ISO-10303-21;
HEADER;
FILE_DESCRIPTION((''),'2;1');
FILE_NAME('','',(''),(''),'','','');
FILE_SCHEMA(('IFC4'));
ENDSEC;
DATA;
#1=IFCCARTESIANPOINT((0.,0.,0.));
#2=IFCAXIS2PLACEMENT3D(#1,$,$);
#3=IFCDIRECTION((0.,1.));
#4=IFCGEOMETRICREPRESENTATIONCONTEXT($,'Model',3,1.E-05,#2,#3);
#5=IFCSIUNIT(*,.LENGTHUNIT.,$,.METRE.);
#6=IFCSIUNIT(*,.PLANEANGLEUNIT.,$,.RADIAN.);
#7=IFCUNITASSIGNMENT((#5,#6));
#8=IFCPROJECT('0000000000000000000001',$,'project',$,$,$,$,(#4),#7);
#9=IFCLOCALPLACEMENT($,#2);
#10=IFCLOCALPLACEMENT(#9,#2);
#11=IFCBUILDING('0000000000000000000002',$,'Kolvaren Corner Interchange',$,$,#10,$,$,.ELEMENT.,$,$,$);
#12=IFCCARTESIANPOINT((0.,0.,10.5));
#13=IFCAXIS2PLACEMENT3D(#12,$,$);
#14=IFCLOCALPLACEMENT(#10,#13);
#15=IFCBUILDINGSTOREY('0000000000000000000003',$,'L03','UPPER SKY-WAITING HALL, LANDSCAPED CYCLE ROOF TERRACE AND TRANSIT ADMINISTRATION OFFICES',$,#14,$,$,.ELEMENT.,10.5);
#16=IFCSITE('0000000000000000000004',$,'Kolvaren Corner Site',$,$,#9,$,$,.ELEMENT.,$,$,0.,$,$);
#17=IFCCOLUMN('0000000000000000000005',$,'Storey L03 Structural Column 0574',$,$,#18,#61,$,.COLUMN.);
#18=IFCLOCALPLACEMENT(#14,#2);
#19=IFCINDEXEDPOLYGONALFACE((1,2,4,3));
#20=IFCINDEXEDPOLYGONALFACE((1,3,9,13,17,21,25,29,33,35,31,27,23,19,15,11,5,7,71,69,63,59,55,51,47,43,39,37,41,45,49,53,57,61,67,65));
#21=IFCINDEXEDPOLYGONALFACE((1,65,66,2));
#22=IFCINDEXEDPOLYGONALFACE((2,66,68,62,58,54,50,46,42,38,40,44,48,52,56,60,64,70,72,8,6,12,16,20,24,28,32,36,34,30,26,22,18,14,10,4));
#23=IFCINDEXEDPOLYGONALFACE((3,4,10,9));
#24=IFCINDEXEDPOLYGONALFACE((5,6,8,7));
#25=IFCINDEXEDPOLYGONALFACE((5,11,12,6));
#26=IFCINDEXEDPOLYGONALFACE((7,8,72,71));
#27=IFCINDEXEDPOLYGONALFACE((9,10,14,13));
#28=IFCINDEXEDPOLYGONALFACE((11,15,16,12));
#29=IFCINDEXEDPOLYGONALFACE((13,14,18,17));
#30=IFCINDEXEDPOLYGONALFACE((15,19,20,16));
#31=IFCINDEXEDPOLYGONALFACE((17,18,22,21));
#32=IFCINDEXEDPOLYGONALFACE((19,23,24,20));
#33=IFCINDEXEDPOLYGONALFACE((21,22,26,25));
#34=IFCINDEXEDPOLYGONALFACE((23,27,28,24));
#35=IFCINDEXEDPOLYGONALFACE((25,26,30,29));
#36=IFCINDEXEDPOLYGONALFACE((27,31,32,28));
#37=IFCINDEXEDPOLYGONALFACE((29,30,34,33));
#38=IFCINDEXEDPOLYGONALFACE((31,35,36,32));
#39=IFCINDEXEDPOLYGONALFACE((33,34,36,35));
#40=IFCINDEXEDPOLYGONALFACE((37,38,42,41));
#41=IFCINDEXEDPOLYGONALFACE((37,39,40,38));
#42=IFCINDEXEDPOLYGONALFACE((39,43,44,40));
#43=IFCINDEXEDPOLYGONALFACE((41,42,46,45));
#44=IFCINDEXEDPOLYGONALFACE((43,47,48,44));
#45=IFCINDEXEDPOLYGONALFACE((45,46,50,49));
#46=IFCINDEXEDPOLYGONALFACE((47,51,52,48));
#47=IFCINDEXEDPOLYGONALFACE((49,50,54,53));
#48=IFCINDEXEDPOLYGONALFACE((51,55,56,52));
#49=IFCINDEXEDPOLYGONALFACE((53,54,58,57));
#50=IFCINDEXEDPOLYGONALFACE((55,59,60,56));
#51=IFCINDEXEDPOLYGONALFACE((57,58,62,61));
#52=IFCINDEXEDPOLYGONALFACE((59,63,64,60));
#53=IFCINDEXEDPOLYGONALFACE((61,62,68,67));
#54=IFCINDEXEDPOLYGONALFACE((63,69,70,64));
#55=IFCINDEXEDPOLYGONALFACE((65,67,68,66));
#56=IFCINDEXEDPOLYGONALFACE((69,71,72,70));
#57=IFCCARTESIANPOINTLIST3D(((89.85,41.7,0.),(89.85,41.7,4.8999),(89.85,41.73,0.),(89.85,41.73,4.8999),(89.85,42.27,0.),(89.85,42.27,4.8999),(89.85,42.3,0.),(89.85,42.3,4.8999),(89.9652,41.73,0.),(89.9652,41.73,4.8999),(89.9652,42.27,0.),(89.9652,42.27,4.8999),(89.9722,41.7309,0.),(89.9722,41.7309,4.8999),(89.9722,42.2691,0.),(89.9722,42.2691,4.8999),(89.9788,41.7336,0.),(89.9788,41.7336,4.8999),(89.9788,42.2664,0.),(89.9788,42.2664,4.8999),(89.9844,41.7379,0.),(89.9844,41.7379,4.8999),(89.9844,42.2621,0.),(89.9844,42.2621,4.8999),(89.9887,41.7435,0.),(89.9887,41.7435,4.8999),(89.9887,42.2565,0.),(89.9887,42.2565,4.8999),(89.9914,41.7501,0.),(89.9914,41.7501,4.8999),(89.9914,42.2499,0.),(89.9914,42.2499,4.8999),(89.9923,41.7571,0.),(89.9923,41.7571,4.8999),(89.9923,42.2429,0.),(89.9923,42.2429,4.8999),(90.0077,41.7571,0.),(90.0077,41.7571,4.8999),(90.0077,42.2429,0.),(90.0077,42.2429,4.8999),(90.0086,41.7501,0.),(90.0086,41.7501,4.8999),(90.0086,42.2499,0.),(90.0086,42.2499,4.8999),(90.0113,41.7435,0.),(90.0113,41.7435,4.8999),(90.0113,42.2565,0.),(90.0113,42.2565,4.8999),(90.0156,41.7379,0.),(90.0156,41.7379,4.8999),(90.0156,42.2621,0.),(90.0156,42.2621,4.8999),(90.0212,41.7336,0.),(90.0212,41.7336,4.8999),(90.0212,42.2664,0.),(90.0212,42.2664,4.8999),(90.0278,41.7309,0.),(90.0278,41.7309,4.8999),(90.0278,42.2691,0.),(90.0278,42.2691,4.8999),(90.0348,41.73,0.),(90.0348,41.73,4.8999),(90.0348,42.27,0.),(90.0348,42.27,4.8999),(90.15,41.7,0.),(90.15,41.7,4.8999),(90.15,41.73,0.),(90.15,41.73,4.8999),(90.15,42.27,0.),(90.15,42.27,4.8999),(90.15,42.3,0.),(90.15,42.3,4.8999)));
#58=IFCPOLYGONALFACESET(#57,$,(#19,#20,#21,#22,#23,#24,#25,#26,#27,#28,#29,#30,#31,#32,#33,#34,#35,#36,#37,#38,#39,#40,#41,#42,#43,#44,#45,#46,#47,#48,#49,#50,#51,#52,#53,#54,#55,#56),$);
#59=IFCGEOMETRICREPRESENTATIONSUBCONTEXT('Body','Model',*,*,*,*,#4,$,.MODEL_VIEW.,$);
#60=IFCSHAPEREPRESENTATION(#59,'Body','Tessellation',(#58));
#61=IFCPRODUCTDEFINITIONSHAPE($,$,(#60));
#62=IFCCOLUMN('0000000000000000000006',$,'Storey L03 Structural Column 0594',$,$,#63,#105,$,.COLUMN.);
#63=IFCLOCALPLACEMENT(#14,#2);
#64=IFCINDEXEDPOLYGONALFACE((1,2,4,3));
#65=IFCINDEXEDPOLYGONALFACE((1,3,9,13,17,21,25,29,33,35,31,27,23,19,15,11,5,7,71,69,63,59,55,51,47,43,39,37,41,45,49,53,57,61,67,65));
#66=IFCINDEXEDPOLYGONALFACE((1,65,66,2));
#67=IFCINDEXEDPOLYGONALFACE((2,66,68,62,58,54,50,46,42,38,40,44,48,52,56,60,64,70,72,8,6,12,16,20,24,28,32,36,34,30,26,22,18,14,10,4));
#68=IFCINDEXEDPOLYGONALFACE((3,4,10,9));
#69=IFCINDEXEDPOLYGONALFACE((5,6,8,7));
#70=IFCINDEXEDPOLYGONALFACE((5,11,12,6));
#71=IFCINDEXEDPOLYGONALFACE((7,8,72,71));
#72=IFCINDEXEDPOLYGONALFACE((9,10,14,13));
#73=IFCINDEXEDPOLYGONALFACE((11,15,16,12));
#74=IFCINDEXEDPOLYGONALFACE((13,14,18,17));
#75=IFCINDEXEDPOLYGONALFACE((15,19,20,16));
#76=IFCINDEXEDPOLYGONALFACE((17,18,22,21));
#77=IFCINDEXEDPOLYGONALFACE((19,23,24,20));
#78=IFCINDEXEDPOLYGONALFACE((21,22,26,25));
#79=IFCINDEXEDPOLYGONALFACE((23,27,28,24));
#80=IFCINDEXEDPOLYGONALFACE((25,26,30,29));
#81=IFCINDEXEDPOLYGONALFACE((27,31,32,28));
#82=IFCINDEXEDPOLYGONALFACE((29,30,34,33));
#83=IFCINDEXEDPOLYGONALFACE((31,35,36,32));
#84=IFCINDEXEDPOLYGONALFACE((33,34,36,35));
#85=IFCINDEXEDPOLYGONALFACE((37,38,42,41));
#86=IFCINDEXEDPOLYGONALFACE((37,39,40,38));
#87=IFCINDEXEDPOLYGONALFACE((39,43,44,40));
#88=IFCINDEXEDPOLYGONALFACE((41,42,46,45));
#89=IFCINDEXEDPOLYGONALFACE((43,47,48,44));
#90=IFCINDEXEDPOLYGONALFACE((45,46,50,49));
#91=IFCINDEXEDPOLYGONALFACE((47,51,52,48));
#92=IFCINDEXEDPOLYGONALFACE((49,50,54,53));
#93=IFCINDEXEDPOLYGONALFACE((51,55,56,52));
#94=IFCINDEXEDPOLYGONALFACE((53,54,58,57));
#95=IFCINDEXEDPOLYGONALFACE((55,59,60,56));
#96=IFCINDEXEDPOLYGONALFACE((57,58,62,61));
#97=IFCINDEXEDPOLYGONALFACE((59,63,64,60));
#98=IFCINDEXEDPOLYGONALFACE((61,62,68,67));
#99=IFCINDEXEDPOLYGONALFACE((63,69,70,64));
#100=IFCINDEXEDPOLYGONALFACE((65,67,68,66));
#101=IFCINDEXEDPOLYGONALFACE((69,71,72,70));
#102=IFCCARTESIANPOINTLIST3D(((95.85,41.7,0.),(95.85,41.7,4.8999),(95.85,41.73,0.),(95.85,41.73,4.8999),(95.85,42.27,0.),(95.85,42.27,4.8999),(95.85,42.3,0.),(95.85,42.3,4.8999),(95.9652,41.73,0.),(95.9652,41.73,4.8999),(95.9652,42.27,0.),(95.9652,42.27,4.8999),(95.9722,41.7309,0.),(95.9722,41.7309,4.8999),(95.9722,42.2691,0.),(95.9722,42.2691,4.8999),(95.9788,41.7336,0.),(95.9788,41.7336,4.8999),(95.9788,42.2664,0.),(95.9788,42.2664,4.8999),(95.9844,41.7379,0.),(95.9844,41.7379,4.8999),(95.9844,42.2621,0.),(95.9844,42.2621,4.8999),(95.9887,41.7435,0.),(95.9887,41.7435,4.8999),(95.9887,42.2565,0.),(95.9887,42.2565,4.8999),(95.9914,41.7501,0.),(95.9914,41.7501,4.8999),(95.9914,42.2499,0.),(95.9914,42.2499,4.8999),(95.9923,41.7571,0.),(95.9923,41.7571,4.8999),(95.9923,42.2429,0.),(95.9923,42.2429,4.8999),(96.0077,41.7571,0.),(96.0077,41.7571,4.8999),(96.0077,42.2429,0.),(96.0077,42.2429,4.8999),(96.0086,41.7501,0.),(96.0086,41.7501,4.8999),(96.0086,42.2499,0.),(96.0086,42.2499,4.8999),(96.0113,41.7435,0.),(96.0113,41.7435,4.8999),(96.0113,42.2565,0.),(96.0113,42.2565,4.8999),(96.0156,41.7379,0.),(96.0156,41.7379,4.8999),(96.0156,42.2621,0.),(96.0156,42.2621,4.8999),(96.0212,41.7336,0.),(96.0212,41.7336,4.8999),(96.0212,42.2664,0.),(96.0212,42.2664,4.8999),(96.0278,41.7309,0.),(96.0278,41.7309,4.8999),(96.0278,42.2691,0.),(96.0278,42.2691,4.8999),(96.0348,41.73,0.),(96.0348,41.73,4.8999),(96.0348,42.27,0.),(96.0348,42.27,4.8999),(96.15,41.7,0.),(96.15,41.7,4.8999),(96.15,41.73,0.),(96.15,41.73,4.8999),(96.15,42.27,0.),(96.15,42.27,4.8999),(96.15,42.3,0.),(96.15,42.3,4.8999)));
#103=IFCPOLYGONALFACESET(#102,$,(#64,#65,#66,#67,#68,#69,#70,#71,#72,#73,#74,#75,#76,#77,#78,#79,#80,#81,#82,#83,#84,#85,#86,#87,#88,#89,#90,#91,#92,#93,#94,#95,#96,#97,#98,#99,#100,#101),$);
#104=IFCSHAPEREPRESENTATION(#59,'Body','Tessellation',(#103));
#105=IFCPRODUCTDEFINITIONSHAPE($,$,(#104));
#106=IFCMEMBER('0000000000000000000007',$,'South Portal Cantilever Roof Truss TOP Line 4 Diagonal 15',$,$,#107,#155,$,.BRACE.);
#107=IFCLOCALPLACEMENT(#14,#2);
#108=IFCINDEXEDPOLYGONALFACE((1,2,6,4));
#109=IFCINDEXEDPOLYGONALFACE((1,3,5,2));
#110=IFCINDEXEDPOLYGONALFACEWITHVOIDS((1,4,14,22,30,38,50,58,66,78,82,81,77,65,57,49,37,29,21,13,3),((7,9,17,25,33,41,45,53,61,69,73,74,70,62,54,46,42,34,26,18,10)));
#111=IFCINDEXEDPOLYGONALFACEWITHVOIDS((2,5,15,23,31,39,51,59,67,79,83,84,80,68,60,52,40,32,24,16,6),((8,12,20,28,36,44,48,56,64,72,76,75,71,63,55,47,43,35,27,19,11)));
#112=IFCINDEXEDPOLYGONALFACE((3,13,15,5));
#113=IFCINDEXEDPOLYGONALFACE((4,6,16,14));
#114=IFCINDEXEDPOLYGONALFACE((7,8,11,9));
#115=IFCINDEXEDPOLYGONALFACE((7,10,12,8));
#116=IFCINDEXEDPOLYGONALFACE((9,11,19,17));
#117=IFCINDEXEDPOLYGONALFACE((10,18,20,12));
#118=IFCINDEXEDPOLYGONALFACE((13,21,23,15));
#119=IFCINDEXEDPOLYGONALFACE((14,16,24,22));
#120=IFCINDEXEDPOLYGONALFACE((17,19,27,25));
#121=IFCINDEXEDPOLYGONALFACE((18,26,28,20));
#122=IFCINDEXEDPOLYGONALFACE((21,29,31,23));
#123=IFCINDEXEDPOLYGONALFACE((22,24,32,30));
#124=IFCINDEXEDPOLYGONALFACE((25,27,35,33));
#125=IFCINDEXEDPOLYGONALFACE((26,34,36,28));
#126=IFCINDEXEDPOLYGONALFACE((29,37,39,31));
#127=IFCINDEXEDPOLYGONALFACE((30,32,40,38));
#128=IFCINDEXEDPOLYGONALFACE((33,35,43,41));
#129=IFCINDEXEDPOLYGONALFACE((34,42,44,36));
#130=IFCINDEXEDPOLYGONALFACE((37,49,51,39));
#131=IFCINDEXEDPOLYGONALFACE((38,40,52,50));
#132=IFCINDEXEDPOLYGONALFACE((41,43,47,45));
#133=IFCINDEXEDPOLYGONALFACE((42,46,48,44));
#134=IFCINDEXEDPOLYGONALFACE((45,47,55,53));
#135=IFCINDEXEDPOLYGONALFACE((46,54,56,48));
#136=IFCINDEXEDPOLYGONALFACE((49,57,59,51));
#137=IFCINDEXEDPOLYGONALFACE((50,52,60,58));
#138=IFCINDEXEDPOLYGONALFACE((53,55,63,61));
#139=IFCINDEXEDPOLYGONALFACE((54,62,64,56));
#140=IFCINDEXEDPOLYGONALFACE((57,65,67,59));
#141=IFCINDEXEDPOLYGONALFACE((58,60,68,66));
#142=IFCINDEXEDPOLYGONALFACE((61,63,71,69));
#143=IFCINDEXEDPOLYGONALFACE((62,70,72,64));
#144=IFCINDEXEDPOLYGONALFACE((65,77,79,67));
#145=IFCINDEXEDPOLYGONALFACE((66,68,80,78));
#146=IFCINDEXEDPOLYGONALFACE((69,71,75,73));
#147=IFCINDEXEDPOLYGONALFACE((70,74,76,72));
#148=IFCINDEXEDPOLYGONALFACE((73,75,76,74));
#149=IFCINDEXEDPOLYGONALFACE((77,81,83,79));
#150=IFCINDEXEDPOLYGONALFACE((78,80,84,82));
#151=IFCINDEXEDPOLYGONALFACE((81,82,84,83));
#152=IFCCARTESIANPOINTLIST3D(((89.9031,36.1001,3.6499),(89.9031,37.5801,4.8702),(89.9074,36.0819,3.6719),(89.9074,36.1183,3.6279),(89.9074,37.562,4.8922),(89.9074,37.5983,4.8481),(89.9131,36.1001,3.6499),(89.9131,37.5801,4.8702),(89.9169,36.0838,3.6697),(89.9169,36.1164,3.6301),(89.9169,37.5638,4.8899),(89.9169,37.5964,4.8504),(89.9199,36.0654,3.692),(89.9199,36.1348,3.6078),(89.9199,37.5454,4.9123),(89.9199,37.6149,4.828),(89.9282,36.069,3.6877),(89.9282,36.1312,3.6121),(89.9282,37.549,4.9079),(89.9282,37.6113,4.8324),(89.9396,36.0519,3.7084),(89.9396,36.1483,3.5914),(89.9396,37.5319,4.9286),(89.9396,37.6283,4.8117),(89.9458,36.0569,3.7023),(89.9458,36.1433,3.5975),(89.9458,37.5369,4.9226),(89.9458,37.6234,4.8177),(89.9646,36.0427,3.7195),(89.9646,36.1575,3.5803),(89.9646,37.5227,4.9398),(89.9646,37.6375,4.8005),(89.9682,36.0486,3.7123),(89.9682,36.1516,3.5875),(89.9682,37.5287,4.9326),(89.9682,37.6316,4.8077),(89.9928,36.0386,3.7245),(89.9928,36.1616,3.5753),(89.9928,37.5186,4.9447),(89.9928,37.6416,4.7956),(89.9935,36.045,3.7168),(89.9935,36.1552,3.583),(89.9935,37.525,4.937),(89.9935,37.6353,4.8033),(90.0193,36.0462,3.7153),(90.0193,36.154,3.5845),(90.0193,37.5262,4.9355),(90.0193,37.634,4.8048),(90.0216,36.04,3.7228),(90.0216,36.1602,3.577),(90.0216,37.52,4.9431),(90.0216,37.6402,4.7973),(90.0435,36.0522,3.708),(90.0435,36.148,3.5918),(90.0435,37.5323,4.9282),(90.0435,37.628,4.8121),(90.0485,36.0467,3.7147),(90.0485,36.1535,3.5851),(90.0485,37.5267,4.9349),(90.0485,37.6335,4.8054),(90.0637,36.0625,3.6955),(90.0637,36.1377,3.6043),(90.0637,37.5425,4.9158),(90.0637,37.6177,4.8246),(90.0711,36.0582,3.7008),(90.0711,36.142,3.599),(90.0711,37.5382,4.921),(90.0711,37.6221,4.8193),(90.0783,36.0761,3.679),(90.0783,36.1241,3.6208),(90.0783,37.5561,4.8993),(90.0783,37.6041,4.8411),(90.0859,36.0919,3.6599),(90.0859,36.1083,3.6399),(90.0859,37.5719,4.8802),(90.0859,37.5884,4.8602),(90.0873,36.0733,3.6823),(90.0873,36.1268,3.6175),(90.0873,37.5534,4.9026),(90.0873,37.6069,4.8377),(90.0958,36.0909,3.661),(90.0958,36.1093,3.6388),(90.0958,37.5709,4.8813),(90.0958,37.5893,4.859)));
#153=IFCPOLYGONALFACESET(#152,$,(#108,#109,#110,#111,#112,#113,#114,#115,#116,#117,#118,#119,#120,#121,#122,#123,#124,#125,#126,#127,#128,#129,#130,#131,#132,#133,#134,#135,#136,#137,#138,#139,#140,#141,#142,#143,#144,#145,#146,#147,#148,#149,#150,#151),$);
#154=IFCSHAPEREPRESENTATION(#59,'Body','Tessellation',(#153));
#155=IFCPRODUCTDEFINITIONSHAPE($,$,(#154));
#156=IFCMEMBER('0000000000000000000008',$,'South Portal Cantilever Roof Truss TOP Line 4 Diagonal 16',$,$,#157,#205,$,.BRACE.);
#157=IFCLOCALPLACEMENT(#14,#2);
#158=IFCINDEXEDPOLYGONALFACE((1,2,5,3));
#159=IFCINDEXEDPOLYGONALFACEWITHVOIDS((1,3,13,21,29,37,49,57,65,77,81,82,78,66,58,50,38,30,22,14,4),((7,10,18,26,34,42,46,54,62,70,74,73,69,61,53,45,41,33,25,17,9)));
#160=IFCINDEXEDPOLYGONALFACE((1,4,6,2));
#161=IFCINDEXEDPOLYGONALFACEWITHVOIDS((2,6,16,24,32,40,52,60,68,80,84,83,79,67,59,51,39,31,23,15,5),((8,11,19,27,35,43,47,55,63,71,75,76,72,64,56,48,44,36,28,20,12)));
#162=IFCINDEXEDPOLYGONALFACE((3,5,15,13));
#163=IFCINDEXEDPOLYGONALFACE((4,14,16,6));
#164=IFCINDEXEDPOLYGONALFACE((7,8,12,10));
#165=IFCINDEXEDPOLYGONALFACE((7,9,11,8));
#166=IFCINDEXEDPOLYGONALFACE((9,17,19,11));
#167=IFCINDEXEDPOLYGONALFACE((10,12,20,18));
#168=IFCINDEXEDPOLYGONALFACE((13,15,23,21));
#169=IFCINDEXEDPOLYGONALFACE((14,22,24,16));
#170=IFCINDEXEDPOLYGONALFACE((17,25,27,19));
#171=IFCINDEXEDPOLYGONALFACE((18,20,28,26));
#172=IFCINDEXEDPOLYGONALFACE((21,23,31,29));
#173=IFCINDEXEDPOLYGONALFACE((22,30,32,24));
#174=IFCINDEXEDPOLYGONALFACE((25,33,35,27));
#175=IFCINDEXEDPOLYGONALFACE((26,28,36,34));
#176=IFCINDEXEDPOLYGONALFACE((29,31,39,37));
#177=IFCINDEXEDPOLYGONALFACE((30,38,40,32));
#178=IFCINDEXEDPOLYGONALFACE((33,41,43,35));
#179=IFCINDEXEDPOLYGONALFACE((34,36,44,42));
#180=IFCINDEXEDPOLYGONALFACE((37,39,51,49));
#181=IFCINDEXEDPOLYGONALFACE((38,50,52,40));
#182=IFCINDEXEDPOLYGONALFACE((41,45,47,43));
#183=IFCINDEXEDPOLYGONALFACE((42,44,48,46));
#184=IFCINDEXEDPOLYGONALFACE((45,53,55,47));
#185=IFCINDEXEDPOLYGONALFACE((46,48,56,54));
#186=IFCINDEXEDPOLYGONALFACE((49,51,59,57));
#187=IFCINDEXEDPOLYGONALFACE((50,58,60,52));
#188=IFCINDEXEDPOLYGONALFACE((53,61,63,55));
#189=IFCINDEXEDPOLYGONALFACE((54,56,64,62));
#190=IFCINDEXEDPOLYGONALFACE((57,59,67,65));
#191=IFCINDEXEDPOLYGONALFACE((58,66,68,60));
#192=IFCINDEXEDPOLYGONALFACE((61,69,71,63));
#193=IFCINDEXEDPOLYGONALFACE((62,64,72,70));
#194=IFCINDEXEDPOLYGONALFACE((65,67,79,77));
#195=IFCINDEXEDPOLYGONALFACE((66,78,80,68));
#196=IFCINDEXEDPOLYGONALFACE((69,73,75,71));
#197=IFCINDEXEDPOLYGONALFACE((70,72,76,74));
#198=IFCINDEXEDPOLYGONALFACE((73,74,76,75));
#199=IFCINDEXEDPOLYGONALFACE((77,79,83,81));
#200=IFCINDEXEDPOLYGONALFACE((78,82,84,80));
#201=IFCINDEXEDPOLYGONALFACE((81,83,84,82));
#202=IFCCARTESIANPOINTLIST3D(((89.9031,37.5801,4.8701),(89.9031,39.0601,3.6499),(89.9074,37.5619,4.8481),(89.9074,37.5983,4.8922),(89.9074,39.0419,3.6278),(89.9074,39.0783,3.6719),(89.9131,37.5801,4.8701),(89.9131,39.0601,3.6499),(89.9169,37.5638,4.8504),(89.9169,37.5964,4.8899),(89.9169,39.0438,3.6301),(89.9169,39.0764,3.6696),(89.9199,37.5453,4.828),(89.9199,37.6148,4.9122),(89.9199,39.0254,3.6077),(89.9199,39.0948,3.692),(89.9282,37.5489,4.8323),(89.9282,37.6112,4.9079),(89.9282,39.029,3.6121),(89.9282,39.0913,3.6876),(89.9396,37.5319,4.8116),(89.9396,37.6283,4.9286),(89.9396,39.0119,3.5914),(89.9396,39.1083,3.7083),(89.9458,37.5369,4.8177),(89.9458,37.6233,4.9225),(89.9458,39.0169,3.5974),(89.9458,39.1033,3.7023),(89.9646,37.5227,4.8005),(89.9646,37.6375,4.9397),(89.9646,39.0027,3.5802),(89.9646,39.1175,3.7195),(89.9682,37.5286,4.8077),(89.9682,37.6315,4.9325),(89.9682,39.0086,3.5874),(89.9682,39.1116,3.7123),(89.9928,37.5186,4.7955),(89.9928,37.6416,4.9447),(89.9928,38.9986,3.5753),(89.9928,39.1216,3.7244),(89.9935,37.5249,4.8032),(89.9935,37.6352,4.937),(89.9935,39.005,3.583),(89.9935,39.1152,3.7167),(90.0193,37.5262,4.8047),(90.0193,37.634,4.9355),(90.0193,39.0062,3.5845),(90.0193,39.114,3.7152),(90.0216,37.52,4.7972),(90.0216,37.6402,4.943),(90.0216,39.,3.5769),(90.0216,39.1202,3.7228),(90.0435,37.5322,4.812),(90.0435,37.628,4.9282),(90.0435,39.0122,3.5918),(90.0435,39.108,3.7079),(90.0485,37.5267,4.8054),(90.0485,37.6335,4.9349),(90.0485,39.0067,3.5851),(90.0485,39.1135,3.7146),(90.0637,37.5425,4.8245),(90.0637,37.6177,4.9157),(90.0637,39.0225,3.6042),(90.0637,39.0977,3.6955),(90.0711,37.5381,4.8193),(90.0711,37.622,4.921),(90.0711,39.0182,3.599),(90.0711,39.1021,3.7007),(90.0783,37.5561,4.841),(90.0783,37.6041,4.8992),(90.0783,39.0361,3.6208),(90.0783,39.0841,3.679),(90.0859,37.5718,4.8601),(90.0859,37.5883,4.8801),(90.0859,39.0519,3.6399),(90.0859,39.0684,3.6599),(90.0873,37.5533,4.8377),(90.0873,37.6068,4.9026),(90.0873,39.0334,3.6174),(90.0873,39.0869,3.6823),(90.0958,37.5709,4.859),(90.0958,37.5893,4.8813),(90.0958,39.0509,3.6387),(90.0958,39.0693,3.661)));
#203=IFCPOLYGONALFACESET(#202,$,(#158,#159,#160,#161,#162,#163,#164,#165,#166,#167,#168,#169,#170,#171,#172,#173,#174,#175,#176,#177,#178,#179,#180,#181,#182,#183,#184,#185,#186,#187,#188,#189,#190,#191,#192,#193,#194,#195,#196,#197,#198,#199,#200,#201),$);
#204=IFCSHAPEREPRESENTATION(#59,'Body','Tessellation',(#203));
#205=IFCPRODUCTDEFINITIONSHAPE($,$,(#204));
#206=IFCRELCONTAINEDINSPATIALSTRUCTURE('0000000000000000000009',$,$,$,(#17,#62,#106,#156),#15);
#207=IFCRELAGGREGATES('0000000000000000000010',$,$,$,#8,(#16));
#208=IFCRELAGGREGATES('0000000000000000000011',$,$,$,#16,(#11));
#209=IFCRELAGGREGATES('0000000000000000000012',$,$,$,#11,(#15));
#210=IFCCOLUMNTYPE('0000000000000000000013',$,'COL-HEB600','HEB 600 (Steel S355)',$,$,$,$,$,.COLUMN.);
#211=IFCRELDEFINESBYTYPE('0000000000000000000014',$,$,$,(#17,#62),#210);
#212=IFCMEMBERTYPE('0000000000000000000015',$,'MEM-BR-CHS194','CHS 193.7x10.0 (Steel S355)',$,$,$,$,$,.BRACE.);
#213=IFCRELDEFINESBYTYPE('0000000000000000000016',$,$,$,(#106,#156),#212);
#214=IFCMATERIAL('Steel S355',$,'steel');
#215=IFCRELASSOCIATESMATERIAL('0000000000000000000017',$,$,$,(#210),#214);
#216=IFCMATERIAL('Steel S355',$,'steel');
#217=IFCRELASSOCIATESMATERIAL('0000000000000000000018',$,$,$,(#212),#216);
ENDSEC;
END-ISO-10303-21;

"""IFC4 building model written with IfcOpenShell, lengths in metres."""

from ifc_helpers import new_model, si_unit, direction, frame, origin, origin_2d, place, context, subcontext, project, spatial, hollow_circle, i_section, extrude, material, material_profile, profile_set, type_object, element, save


model = new_model("IFC4")

# Units and contexts
model_context = context("Model", 3, precision=1e-05, world=origin(), true_north=direction((0.0, 1.0)))
body_context = subcontext(model_context, "Body", "Model", "MODEL_VIEW")
ifc_project = project(units=[si_unit("LENGTHUNIT", "METRE"), si_unit("PLANEANGLEUNIT", "RADIAN")], contexts=[model_context])

# Site, building, storey
site_placement = place(None, origin())
site = spatial("IfcSite", under=ifc_project, at=site_placement, Name="Kolvaren Corner Site", CompositionType="ELEMENT", RefElevation=0.0)
building_placement = place(site_placement, origin())
building = spatial("IfcBuilding", under=site, at=building_placement, Name="Kolvaren Corner Interchange", CompositionType="ELEMENT")
storey_placement = place(building_placement, frame((0.0, 0.0, 10.5)))
storey = spatial("IfcBuildingStorey", under=building, at=storey_placement, Name="L03", Description="UPPER SKY-WAITING HALL, LANDSCAPED CYCLE ROOF TERRACE AND TRANSIT ADMINISTRATION OFFICES", CompositionType="ELEMENT", Elevation=10.5)

# Columns
ifc_material_1 = material(Name="Steel S355", Category="steel")
ifc_material_profile_1 = material_profile(ifc_material_1, i_section(OverallWidth=0.3, OverallDepth=0.6001, WebThickness=0.0154, FlangeThickness=0.03, FilletRadius=0.0271, at=origin_2d()), Name="HEB 600")
ifc_profile_set_1 = profile_set([ifc_material_profile_1], Name="Steel S355")
column_type = type_object("IfcColumnType", Name="COL-HEB600", Description="HEB 600 (Steel S355)", PredefinedType="COLUMN", material=ifc_profile_set_1)
for number, where, z_axis, x_axis, name in (
    (1, (90.0, 42.0, 0.0), (0.0, 0.0, 1.0), (1.0, 0.0, 0.0), "Storey L03 Structural Column 0574"),
    (2, (96.0, 42.0, 0.0), (0.0, 0.0, 1.0), (1.0, 0.0, 0.0), "Storey L03 Structural Column 0594"),
):
    element("IfcColumn", number, at=place(storey_placement, frame(where, z_axis=z_axis, x_axis=x_axis)), inside=storey, type_object=column_type, Name=name, PredefinedType="COLUMN", context=body_context, shape_type="SweptSolid", body=[
        extrude(i_section(OverallWidth=0.3, OverallDepth=0.6001, WebThickness=0.0154, FlangeThickness=0.03, FilletRadius=0.0271, at=origin_2d()), origin(), (0.0, 0.0, 1.0), 4.8999),
    ])

# Members
ifc_material_2 = material(Name="Steel S355", Category="steel")
ifc_material_profile_2 = material_profile(ifc_material_2, hollow_circle(Radius=0.0969, WallThickness=0.01, at=origin_2d()), Name="CHS 193.7x10.0")
ifc_profile_set_2 = profile_set([ifc_material_profile_2], Name="Steel S355")
member_type_1 = type_object("IfcMemberType", Name="MEM-BR-CHS194", Description="CHS 193.7x10.0 (Steel S355)", PredefinedType="BRACE", material=ifc_profile_set_2)
for number, where, z_axis, x_axis, name in (
    (3, (90.0, 36.1001, 3.6499), (0.0, 0.77157, 0.636144), (-1.0, 0.0, 0.0), "South Portal Cantilever Roof Truss TOP Line 4 Diagonal 15"),
    (4, (90.0, 37.5801, 4.8701), (0.0, 0.77157, -0.636144), (-1.0, 0.0, 0.0), "South Portal Cantilever Roof Truss TOP Line 4 Diagonal 16"),
):
    element("IfcMember", number, at=place(storey_placement, frame(where, z_axis=z_axis, x_axis=x_axis)), inside=storey, type_object=member_type_1, Name=name, PredefinedType="BRACE", context=body_context, shape_type="SweptSolid", body=[
        extrude(hollow_circle(Radius=0.0969, WallThickness=0.01, at=origin_2d()), origin(), (0.0, 0.0, 1.0), 1.9182),
    ])

save(model, "model.ifc")
